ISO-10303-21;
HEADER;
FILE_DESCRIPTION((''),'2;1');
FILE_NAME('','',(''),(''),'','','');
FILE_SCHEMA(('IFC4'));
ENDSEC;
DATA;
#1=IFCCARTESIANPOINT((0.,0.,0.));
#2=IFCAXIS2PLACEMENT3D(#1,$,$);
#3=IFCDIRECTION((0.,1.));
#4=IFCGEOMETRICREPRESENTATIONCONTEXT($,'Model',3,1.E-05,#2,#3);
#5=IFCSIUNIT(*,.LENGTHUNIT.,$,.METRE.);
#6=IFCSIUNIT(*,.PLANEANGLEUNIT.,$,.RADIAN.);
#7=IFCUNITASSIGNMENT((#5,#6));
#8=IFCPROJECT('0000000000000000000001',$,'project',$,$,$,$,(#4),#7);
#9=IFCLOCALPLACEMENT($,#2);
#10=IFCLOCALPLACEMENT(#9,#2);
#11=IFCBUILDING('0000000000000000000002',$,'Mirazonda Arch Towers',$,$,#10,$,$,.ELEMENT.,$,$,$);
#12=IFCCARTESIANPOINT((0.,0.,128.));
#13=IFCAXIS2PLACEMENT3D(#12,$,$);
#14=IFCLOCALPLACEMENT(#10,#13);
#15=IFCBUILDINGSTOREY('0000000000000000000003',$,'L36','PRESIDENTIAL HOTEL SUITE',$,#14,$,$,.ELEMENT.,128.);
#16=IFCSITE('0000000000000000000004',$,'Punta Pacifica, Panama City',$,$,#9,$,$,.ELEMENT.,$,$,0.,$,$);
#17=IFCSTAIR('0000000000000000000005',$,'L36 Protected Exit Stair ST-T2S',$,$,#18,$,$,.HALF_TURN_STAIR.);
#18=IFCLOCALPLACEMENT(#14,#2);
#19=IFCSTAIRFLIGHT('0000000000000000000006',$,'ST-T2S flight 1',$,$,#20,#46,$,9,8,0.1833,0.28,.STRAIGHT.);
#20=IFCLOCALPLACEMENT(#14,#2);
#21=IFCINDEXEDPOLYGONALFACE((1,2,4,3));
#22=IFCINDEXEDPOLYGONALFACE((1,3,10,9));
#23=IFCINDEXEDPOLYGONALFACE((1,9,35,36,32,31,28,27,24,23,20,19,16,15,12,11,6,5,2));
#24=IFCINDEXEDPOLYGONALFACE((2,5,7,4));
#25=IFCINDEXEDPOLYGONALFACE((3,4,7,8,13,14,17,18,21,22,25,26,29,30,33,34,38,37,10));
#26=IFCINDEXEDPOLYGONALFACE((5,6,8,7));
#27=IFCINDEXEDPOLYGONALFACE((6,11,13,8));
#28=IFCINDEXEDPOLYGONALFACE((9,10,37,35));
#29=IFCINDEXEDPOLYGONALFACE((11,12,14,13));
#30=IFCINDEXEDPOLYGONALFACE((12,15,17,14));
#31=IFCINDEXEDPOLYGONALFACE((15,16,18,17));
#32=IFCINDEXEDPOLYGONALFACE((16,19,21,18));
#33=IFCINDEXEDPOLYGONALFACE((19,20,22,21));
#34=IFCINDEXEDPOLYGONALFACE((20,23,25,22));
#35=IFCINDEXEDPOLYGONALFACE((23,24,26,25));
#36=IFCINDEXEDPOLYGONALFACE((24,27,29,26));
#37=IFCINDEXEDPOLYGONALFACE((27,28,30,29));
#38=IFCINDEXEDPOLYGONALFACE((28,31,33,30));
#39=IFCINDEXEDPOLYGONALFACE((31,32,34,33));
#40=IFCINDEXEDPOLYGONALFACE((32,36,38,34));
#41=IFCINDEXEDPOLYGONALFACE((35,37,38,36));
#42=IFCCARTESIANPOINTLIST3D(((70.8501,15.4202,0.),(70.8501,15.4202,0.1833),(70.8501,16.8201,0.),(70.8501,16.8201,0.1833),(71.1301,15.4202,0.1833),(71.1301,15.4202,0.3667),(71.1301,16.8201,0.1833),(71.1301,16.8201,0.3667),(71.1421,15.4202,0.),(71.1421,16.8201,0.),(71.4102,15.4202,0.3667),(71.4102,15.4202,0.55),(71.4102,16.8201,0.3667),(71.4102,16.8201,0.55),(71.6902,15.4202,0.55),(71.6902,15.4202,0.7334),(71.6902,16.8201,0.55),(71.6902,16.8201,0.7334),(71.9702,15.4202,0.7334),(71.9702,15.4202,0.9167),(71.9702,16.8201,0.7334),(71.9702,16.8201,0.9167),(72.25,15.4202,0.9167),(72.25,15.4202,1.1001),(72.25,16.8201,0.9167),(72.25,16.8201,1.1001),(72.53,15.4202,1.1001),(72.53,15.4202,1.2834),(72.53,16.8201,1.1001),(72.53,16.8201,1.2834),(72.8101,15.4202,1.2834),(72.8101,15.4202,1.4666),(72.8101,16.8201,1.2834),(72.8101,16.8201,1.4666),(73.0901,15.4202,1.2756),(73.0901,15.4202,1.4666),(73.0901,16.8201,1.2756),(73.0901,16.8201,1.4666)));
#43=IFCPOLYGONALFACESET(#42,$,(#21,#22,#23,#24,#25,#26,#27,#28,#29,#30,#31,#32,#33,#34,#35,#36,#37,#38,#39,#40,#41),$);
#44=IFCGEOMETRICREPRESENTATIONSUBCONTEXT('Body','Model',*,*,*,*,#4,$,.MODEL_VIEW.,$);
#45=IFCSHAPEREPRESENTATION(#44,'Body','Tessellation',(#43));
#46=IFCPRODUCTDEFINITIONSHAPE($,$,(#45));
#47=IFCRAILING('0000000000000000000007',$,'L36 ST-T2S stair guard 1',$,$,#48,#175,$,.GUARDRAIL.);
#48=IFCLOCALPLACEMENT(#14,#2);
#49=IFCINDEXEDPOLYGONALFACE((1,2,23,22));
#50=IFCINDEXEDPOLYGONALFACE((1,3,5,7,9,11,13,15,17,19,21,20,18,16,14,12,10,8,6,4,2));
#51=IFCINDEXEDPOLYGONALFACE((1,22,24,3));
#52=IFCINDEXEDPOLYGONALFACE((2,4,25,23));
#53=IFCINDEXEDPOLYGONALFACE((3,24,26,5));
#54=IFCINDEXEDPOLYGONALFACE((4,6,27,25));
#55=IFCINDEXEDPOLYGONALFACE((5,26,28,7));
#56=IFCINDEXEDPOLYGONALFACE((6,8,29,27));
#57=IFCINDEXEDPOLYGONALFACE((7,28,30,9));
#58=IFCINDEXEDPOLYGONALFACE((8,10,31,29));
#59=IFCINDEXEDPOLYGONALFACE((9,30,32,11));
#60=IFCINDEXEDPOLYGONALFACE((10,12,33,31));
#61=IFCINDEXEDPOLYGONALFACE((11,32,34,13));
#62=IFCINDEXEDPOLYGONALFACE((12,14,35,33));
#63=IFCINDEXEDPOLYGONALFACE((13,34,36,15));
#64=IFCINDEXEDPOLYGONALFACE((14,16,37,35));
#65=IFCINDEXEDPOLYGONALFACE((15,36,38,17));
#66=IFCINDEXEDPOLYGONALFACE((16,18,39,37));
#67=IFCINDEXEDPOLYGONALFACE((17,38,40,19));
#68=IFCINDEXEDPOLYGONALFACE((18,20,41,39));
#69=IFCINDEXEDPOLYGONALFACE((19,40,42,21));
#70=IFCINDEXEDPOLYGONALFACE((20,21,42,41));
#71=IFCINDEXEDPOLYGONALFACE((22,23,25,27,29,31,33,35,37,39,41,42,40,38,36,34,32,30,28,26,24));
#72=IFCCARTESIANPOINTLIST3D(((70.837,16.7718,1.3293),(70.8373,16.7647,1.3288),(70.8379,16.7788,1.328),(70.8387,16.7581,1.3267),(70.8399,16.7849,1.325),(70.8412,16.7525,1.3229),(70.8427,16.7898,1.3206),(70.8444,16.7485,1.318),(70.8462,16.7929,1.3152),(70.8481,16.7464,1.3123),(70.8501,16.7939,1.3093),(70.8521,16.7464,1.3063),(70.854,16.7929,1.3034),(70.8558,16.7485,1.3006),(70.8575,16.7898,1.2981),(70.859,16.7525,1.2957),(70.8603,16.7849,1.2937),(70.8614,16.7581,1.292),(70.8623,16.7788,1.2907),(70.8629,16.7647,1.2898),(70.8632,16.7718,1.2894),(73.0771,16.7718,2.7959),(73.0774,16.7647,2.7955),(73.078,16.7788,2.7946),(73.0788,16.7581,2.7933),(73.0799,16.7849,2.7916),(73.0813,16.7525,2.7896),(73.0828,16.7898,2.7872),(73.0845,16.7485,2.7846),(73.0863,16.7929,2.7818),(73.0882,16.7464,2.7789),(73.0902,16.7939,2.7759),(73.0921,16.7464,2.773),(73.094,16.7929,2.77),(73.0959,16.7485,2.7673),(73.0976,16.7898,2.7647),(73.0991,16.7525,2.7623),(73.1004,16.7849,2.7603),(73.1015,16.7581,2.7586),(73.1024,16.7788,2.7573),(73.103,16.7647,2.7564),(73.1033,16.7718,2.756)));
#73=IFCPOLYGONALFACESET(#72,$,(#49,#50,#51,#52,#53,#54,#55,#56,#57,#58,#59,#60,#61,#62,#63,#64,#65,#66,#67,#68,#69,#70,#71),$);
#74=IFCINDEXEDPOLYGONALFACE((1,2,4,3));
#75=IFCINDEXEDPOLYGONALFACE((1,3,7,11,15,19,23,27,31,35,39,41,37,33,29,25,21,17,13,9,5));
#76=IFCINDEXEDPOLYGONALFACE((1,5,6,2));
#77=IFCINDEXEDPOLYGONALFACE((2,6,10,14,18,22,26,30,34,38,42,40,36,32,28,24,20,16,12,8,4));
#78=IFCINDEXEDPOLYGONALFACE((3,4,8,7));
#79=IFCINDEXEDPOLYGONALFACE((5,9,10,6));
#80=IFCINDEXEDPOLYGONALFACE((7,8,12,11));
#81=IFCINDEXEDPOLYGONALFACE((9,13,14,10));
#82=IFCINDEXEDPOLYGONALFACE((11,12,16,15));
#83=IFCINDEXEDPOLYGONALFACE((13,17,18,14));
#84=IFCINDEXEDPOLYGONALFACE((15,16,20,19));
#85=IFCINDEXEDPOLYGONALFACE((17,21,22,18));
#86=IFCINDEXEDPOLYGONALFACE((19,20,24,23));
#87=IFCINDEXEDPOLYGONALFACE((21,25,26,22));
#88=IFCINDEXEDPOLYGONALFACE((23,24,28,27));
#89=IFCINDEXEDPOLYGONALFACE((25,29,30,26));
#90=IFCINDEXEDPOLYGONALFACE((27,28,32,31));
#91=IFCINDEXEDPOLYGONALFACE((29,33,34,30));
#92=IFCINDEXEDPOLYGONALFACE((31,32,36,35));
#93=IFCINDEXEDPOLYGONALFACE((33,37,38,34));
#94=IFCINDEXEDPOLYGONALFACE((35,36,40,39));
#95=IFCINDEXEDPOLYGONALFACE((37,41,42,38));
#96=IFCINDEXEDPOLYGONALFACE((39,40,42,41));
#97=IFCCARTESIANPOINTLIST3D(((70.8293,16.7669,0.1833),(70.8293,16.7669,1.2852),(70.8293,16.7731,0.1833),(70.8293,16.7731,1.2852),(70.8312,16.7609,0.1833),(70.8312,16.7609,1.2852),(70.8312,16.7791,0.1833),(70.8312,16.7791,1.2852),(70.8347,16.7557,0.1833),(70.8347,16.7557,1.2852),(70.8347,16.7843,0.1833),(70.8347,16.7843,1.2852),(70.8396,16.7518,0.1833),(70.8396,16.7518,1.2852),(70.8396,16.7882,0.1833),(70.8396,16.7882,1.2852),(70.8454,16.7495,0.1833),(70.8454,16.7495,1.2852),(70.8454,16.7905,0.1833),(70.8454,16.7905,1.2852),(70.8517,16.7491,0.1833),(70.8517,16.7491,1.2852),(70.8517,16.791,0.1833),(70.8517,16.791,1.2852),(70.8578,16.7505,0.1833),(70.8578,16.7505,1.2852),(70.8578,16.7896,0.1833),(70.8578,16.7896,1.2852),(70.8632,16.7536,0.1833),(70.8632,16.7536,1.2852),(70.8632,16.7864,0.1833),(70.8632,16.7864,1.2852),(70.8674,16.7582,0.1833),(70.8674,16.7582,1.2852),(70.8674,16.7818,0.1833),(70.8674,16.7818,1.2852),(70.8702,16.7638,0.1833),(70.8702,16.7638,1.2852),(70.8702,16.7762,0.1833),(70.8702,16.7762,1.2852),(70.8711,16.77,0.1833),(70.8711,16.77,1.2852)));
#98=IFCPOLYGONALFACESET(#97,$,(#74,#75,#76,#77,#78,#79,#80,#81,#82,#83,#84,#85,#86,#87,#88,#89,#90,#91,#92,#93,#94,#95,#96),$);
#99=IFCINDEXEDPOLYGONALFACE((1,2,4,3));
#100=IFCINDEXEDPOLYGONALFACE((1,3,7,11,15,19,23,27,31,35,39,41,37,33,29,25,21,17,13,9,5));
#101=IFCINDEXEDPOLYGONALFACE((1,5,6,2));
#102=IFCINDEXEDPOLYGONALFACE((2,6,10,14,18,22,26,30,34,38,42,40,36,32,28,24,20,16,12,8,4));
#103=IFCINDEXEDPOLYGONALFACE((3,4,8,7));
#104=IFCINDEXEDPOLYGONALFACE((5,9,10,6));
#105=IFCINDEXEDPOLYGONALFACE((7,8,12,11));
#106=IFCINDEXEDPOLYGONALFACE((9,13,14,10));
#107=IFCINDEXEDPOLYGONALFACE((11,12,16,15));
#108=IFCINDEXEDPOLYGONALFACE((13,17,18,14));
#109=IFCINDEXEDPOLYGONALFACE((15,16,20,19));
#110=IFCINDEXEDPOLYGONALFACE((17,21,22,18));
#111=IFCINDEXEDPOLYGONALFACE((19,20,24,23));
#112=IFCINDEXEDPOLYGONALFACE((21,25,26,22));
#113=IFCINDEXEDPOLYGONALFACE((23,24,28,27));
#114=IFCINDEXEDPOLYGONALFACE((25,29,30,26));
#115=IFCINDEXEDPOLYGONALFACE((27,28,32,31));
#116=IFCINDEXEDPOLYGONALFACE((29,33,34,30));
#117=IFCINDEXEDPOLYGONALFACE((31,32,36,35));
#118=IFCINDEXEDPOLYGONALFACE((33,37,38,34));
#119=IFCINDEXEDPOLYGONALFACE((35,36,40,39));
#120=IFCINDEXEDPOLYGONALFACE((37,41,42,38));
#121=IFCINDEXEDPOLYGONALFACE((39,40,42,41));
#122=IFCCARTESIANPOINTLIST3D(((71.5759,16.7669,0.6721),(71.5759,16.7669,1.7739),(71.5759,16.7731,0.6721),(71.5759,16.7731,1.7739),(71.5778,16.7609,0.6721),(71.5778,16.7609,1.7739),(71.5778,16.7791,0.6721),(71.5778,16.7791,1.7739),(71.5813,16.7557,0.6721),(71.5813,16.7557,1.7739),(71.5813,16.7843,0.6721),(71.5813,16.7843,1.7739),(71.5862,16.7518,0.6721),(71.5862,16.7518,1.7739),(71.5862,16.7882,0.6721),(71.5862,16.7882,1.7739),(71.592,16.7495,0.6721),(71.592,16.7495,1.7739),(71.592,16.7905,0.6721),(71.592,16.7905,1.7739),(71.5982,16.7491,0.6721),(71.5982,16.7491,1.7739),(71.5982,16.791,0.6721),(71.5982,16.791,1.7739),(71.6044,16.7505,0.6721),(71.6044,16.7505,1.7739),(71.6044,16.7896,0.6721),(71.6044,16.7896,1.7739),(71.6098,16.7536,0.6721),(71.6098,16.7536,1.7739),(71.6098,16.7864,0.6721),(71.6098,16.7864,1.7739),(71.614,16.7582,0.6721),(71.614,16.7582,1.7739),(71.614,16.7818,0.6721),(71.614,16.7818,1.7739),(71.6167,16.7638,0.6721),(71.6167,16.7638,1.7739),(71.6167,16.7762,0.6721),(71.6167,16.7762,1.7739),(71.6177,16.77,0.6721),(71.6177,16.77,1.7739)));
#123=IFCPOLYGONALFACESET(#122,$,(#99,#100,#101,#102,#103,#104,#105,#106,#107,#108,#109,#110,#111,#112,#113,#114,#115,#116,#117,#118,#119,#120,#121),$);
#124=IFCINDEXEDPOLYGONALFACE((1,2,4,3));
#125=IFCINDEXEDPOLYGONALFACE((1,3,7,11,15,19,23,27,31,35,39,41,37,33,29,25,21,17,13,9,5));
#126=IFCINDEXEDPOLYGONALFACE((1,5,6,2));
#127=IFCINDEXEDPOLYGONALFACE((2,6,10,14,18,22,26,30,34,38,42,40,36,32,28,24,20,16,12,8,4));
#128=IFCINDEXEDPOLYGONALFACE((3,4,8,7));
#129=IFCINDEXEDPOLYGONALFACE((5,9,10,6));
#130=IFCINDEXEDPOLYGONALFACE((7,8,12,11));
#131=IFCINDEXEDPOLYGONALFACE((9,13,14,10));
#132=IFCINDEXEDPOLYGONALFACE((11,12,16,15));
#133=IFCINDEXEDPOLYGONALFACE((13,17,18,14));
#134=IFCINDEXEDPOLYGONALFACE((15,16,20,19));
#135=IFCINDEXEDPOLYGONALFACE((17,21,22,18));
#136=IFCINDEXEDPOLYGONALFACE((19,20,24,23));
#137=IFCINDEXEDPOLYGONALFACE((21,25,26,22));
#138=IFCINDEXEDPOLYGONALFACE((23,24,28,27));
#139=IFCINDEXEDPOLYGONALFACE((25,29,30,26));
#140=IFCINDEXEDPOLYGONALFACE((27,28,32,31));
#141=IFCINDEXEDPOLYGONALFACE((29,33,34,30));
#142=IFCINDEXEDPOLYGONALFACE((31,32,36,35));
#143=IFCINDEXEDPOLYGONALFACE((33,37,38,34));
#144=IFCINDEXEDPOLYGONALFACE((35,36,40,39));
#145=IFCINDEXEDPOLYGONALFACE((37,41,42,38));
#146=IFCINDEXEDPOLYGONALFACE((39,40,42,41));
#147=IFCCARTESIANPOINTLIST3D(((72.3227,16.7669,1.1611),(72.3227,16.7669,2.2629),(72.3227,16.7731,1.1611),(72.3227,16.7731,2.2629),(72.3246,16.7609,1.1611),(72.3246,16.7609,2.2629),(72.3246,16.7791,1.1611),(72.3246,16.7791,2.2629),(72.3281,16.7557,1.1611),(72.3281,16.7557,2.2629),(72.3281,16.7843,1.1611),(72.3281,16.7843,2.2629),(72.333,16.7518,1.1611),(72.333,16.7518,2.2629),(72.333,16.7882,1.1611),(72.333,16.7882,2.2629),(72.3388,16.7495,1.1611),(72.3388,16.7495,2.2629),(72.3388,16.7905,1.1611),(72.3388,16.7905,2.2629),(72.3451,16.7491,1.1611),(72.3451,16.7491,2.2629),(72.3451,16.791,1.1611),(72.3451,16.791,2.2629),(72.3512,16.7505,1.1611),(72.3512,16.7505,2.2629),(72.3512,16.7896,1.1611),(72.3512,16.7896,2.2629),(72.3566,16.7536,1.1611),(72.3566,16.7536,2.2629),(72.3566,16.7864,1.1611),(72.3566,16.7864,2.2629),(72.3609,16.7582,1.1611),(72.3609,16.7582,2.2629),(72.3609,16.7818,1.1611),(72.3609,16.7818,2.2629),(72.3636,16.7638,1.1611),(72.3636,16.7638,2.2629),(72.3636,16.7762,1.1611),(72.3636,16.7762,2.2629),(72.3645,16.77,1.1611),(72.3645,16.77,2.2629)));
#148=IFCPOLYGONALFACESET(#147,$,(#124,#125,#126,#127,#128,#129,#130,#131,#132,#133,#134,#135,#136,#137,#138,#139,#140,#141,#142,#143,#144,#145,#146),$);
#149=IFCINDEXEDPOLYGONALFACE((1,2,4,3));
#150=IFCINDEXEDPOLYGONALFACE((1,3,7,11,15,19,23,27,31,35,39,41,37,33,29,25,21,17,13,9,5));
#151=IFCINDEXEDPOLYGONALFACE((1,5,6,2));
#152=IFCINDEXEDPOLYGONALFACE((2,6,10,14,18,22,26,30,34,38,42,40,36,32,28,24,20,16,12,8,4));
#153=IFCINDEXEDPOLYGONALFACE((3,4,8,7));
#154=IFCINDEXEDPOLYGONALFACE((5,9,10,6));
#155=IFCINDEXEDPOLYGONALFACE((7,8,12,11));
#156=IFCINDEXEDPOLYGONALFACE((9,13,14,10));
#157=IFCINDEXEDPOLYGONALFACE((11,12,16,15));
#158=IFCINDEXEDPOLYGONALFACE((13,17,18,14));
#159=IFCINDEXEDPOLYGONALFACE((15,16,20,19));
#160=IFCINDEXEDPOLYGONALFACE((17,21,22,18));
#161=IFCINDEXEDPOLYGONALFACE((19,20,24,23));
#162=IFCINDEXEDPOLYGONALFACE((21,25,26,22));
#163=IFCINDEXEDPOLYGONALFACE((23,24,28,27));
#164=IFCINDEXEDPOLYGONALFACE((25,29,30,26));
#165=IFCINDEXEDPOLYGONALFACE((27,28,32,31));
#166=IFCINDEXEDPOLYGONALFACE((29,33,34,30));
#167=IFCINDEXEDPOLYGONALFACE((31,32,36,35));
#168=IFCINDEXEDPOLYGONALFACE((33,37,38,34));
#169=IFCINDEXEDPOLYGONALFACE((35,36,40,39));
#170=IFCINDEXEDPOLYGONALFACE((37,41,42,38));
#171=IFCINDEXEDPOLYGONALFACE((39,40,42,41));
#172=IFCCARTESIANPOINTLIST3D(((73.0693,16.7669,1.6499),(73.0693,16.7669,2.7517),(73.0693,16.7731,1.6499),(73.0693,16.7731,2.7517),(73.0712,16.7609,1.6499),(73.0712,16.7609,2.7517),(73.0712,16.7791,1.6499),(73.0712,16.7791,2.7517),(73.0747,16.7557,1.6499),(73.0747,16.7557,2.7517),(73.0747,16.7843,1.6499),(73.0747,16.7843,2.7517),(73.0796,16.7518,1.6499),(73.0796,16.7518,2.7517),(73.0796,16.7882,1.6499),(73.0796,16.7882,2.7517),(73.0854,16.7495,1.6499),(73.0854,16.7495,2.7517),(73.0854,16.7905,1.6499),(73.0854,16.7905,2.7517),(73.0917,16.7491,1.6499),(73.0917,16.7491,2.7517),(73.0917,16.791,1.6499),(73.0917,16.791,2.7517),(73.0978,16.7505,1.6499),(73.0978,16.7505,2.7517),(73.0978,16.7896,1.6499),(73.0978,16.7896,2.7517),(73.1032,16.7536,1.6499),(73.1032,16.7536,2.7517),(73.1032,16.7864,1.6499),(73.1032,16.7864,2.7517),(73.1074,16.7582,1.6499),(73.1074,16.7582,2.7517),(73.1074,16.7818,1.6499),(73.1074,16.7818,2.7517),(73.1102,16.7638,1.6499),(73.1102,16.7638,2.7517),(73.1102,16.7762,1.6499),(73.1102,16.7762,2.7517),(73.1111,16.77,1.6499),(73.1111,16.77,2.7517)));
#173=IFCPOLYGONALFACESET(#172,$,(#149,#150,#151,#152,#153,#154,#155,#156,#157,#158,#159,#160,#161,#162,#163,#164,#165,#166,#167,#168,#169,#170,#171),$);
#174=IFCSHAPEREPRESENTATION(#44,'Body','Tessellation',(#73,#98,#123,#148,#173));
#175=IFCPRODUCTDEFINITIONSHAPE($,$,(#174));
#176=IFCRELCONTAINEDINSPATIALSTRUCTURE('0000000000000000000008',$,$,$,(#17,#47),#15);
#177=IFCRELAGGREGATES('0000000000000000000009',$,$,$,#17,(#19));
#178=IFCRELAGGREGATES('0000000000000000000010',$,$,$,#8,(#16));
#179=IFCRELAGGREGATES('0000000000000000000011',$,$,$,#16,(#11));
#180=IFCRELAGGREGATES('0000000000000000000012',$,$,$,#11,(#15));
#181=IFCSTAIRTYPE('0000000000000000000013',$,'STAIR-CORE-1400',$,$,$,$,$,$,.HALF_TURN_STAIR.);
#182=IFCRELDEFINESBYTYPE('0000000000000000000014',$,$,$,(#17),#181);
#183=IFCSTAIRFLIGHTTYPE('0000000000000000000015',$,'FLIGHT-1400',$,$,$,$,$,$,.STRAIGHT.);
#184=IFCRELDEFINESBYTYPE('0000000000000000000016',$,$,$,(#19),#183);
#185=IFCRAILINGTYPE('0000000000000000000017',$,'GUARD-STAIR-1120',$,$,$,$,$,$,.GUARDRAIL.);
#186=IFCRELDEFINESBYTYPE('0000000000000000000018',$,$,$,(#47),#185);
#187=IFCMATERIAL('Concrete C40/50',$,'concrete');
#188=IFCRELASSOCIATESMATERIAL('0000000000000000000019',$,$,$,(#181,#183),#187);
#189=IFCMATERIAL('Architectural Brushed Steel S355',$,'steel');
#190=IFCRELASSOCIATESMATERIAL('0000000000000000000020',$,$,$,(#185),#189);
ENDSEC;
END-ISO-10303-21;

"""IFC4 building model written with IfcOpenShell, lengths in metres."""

from ifc_helpers import new_model, si_unit, direction, frame, origin, origin_2d, place, context, subcontext, project, spatial, polyline, circle, outline, extrude, material, type_object, element, aggregate, save


model = new_model("IFC4")

# Units and contexts
model_context = context("Model", 3, precision=1e-05, world=origin(), true_north=direction((0.0, 1.0)))
body_context = subcontext(model_context, "Body", "Model", "MODEL_VIEW")
ifc_project = project(units=[si_unit("LENGTHUNIT", "METRE"), si_unit("PLANEANGLEUNIT", "RADIAN")], contexts=[model_context])

# Site, building, storey
site_placement = place(None, origin())
site = spatial("IfcSite", under=ifc_project, at=site_placement, Name="Punta Pacifica, Panama City", CompositionType="ELEMENT", RefElevation=0.0)
building_placement = place(site_placement, origin())
building = spatial("IfcBuilding", under=site, at=building_placement, Name="Mirazonda Arch Towers", CompositionType="ELEMENT")
storey_placement = place(building_placement, frame((0.0, 0.0, 128.0)))
storey = spatial("IfcBuildingStorey", under=building, at=storey_placement, Name="L36", Description="PRESIDENTIAL HOTEL SUITE", CompositionType="ELEMENT", Elevation=128.0)

# Stair, stair flight
ifc_material_1 = material(Name="Concrete C40/50", Category="concrete")
stair_type = type_object("IfcStairType", Name="STAIR-CORE-1400", PredefinedType="HALF_TURN_STAIR", material=ifc_material_1)
stair_placement = place(storey_placement, origin())
stair = element("IfcStair", 1, at=stair_placement, inside=storey, type_object=stair_type, Name="L36 Protected Exit Stair ST-T2S", PredefinedType="HALF_TURN_STAIR")
stair_flight_type = type_object("IfcStairFlightType", Name="FLIGHT-1400", PredefinedType="STRAIGHT", material=ifc_material_1)
stair_flight_placement = place(storey_placement, frame((70.8501, 16.1201, 0.0), z_axis=(0.0, 0.0, 1.0), x_axis=(1.0, 0.0, 0.0)))
stair_flight = element("IfcStairFlight", 2, at=stair_flight_placement, type_object=stair_flight_type, Name="ST-T2S flight 1", NumberOfRisers=9, NumberOfTreads=8, PredefinedType="STRAIGHT", RiserHeight=0.1833, TreadLength=0.28, context=body_context, shape_type="SweptSolid", body=[
    extrude(outline(polyline([(0.0, 0.0), (0.0, 0.1833), (0.28, 0.1833), (0.28, 0.3667), (0.5601, 0.3667), (0.5601, 0.55), (0.8401, 0.55), (0.8401, 0.7334), (1.1201, 0.7334), (1.1201, 0.9167), (1.3999, 0.9167), (1.3999, 1.1001), (1.6799, 1.1001), (1.6799, 1.2834), (1.96, 1.2834), (1.96, 1.4666), (2.24, 1.4666), (2.24, 1.6499), (2.24, 1.2756), (0.292, 0.0), (0.0, 0.0)])), frame((0.0, 0.7, 0.0), z_axis=(0.0, -1.0, 0.0), x_axis=(1.0, 0.0, 0.0)), (0.0, 0.0, 1.0), 1.3999),
])
aggregate(stair, [stair_flight])

# Railing
ifc_material_2 = material(Name="Architectural Brushed Steel S355", Category="steel")
railing_type_1 = type_object("IfcRailingType", Name="GUARD-STAIR-1120", PredefinedType="GUARDRAIL", material=ifc_material_2)
railing_1_placement = place(storey_placement, frame((70.8501, 16.77, 0.1833)))
element("IfcRailing", 3, at=railing_1_placement, inside=storey, type_object=railing_type_1, Name="L36 ST-T2S stair guard 1", PredefinedType="GUARDRAIL", context=body_context, shape_type="SweptSolid", body=[
    extrude(circle(Radius=0.0239, at=origin_2d()), frame((0.0, 0.0, 1.126), z_axis=(0.836637, 0.0, 0.547758), x_axis=(0.0, 1.0, 0.0)), (0.0, 0.0, 1.0), 2.6775),
    extrude(circle(Radius=0.021, at=origin_2d()), origin(), (0.0, 0.0, 1.0), 1.1018),
    extrude(circle(Radius=0.021, at=origin_2d()), frame((0.7466, 0.0, 0.4888)), (0.0, 0.0, 1.0), 1.1018),
    extrude(circle(Radius=0.021, at=origin_2d()), frame((1.4934, 0.0, 0.9778)), (0.0, 0.0, 1.0), 1.1018),
    extrude(circle(Radius=0.021, at=origin_2d()), frame((2.24, 0.0, 1.4666)), (0.0, 0.0, 1.0), 1.1018),
])

save(model, "model.ifc")
